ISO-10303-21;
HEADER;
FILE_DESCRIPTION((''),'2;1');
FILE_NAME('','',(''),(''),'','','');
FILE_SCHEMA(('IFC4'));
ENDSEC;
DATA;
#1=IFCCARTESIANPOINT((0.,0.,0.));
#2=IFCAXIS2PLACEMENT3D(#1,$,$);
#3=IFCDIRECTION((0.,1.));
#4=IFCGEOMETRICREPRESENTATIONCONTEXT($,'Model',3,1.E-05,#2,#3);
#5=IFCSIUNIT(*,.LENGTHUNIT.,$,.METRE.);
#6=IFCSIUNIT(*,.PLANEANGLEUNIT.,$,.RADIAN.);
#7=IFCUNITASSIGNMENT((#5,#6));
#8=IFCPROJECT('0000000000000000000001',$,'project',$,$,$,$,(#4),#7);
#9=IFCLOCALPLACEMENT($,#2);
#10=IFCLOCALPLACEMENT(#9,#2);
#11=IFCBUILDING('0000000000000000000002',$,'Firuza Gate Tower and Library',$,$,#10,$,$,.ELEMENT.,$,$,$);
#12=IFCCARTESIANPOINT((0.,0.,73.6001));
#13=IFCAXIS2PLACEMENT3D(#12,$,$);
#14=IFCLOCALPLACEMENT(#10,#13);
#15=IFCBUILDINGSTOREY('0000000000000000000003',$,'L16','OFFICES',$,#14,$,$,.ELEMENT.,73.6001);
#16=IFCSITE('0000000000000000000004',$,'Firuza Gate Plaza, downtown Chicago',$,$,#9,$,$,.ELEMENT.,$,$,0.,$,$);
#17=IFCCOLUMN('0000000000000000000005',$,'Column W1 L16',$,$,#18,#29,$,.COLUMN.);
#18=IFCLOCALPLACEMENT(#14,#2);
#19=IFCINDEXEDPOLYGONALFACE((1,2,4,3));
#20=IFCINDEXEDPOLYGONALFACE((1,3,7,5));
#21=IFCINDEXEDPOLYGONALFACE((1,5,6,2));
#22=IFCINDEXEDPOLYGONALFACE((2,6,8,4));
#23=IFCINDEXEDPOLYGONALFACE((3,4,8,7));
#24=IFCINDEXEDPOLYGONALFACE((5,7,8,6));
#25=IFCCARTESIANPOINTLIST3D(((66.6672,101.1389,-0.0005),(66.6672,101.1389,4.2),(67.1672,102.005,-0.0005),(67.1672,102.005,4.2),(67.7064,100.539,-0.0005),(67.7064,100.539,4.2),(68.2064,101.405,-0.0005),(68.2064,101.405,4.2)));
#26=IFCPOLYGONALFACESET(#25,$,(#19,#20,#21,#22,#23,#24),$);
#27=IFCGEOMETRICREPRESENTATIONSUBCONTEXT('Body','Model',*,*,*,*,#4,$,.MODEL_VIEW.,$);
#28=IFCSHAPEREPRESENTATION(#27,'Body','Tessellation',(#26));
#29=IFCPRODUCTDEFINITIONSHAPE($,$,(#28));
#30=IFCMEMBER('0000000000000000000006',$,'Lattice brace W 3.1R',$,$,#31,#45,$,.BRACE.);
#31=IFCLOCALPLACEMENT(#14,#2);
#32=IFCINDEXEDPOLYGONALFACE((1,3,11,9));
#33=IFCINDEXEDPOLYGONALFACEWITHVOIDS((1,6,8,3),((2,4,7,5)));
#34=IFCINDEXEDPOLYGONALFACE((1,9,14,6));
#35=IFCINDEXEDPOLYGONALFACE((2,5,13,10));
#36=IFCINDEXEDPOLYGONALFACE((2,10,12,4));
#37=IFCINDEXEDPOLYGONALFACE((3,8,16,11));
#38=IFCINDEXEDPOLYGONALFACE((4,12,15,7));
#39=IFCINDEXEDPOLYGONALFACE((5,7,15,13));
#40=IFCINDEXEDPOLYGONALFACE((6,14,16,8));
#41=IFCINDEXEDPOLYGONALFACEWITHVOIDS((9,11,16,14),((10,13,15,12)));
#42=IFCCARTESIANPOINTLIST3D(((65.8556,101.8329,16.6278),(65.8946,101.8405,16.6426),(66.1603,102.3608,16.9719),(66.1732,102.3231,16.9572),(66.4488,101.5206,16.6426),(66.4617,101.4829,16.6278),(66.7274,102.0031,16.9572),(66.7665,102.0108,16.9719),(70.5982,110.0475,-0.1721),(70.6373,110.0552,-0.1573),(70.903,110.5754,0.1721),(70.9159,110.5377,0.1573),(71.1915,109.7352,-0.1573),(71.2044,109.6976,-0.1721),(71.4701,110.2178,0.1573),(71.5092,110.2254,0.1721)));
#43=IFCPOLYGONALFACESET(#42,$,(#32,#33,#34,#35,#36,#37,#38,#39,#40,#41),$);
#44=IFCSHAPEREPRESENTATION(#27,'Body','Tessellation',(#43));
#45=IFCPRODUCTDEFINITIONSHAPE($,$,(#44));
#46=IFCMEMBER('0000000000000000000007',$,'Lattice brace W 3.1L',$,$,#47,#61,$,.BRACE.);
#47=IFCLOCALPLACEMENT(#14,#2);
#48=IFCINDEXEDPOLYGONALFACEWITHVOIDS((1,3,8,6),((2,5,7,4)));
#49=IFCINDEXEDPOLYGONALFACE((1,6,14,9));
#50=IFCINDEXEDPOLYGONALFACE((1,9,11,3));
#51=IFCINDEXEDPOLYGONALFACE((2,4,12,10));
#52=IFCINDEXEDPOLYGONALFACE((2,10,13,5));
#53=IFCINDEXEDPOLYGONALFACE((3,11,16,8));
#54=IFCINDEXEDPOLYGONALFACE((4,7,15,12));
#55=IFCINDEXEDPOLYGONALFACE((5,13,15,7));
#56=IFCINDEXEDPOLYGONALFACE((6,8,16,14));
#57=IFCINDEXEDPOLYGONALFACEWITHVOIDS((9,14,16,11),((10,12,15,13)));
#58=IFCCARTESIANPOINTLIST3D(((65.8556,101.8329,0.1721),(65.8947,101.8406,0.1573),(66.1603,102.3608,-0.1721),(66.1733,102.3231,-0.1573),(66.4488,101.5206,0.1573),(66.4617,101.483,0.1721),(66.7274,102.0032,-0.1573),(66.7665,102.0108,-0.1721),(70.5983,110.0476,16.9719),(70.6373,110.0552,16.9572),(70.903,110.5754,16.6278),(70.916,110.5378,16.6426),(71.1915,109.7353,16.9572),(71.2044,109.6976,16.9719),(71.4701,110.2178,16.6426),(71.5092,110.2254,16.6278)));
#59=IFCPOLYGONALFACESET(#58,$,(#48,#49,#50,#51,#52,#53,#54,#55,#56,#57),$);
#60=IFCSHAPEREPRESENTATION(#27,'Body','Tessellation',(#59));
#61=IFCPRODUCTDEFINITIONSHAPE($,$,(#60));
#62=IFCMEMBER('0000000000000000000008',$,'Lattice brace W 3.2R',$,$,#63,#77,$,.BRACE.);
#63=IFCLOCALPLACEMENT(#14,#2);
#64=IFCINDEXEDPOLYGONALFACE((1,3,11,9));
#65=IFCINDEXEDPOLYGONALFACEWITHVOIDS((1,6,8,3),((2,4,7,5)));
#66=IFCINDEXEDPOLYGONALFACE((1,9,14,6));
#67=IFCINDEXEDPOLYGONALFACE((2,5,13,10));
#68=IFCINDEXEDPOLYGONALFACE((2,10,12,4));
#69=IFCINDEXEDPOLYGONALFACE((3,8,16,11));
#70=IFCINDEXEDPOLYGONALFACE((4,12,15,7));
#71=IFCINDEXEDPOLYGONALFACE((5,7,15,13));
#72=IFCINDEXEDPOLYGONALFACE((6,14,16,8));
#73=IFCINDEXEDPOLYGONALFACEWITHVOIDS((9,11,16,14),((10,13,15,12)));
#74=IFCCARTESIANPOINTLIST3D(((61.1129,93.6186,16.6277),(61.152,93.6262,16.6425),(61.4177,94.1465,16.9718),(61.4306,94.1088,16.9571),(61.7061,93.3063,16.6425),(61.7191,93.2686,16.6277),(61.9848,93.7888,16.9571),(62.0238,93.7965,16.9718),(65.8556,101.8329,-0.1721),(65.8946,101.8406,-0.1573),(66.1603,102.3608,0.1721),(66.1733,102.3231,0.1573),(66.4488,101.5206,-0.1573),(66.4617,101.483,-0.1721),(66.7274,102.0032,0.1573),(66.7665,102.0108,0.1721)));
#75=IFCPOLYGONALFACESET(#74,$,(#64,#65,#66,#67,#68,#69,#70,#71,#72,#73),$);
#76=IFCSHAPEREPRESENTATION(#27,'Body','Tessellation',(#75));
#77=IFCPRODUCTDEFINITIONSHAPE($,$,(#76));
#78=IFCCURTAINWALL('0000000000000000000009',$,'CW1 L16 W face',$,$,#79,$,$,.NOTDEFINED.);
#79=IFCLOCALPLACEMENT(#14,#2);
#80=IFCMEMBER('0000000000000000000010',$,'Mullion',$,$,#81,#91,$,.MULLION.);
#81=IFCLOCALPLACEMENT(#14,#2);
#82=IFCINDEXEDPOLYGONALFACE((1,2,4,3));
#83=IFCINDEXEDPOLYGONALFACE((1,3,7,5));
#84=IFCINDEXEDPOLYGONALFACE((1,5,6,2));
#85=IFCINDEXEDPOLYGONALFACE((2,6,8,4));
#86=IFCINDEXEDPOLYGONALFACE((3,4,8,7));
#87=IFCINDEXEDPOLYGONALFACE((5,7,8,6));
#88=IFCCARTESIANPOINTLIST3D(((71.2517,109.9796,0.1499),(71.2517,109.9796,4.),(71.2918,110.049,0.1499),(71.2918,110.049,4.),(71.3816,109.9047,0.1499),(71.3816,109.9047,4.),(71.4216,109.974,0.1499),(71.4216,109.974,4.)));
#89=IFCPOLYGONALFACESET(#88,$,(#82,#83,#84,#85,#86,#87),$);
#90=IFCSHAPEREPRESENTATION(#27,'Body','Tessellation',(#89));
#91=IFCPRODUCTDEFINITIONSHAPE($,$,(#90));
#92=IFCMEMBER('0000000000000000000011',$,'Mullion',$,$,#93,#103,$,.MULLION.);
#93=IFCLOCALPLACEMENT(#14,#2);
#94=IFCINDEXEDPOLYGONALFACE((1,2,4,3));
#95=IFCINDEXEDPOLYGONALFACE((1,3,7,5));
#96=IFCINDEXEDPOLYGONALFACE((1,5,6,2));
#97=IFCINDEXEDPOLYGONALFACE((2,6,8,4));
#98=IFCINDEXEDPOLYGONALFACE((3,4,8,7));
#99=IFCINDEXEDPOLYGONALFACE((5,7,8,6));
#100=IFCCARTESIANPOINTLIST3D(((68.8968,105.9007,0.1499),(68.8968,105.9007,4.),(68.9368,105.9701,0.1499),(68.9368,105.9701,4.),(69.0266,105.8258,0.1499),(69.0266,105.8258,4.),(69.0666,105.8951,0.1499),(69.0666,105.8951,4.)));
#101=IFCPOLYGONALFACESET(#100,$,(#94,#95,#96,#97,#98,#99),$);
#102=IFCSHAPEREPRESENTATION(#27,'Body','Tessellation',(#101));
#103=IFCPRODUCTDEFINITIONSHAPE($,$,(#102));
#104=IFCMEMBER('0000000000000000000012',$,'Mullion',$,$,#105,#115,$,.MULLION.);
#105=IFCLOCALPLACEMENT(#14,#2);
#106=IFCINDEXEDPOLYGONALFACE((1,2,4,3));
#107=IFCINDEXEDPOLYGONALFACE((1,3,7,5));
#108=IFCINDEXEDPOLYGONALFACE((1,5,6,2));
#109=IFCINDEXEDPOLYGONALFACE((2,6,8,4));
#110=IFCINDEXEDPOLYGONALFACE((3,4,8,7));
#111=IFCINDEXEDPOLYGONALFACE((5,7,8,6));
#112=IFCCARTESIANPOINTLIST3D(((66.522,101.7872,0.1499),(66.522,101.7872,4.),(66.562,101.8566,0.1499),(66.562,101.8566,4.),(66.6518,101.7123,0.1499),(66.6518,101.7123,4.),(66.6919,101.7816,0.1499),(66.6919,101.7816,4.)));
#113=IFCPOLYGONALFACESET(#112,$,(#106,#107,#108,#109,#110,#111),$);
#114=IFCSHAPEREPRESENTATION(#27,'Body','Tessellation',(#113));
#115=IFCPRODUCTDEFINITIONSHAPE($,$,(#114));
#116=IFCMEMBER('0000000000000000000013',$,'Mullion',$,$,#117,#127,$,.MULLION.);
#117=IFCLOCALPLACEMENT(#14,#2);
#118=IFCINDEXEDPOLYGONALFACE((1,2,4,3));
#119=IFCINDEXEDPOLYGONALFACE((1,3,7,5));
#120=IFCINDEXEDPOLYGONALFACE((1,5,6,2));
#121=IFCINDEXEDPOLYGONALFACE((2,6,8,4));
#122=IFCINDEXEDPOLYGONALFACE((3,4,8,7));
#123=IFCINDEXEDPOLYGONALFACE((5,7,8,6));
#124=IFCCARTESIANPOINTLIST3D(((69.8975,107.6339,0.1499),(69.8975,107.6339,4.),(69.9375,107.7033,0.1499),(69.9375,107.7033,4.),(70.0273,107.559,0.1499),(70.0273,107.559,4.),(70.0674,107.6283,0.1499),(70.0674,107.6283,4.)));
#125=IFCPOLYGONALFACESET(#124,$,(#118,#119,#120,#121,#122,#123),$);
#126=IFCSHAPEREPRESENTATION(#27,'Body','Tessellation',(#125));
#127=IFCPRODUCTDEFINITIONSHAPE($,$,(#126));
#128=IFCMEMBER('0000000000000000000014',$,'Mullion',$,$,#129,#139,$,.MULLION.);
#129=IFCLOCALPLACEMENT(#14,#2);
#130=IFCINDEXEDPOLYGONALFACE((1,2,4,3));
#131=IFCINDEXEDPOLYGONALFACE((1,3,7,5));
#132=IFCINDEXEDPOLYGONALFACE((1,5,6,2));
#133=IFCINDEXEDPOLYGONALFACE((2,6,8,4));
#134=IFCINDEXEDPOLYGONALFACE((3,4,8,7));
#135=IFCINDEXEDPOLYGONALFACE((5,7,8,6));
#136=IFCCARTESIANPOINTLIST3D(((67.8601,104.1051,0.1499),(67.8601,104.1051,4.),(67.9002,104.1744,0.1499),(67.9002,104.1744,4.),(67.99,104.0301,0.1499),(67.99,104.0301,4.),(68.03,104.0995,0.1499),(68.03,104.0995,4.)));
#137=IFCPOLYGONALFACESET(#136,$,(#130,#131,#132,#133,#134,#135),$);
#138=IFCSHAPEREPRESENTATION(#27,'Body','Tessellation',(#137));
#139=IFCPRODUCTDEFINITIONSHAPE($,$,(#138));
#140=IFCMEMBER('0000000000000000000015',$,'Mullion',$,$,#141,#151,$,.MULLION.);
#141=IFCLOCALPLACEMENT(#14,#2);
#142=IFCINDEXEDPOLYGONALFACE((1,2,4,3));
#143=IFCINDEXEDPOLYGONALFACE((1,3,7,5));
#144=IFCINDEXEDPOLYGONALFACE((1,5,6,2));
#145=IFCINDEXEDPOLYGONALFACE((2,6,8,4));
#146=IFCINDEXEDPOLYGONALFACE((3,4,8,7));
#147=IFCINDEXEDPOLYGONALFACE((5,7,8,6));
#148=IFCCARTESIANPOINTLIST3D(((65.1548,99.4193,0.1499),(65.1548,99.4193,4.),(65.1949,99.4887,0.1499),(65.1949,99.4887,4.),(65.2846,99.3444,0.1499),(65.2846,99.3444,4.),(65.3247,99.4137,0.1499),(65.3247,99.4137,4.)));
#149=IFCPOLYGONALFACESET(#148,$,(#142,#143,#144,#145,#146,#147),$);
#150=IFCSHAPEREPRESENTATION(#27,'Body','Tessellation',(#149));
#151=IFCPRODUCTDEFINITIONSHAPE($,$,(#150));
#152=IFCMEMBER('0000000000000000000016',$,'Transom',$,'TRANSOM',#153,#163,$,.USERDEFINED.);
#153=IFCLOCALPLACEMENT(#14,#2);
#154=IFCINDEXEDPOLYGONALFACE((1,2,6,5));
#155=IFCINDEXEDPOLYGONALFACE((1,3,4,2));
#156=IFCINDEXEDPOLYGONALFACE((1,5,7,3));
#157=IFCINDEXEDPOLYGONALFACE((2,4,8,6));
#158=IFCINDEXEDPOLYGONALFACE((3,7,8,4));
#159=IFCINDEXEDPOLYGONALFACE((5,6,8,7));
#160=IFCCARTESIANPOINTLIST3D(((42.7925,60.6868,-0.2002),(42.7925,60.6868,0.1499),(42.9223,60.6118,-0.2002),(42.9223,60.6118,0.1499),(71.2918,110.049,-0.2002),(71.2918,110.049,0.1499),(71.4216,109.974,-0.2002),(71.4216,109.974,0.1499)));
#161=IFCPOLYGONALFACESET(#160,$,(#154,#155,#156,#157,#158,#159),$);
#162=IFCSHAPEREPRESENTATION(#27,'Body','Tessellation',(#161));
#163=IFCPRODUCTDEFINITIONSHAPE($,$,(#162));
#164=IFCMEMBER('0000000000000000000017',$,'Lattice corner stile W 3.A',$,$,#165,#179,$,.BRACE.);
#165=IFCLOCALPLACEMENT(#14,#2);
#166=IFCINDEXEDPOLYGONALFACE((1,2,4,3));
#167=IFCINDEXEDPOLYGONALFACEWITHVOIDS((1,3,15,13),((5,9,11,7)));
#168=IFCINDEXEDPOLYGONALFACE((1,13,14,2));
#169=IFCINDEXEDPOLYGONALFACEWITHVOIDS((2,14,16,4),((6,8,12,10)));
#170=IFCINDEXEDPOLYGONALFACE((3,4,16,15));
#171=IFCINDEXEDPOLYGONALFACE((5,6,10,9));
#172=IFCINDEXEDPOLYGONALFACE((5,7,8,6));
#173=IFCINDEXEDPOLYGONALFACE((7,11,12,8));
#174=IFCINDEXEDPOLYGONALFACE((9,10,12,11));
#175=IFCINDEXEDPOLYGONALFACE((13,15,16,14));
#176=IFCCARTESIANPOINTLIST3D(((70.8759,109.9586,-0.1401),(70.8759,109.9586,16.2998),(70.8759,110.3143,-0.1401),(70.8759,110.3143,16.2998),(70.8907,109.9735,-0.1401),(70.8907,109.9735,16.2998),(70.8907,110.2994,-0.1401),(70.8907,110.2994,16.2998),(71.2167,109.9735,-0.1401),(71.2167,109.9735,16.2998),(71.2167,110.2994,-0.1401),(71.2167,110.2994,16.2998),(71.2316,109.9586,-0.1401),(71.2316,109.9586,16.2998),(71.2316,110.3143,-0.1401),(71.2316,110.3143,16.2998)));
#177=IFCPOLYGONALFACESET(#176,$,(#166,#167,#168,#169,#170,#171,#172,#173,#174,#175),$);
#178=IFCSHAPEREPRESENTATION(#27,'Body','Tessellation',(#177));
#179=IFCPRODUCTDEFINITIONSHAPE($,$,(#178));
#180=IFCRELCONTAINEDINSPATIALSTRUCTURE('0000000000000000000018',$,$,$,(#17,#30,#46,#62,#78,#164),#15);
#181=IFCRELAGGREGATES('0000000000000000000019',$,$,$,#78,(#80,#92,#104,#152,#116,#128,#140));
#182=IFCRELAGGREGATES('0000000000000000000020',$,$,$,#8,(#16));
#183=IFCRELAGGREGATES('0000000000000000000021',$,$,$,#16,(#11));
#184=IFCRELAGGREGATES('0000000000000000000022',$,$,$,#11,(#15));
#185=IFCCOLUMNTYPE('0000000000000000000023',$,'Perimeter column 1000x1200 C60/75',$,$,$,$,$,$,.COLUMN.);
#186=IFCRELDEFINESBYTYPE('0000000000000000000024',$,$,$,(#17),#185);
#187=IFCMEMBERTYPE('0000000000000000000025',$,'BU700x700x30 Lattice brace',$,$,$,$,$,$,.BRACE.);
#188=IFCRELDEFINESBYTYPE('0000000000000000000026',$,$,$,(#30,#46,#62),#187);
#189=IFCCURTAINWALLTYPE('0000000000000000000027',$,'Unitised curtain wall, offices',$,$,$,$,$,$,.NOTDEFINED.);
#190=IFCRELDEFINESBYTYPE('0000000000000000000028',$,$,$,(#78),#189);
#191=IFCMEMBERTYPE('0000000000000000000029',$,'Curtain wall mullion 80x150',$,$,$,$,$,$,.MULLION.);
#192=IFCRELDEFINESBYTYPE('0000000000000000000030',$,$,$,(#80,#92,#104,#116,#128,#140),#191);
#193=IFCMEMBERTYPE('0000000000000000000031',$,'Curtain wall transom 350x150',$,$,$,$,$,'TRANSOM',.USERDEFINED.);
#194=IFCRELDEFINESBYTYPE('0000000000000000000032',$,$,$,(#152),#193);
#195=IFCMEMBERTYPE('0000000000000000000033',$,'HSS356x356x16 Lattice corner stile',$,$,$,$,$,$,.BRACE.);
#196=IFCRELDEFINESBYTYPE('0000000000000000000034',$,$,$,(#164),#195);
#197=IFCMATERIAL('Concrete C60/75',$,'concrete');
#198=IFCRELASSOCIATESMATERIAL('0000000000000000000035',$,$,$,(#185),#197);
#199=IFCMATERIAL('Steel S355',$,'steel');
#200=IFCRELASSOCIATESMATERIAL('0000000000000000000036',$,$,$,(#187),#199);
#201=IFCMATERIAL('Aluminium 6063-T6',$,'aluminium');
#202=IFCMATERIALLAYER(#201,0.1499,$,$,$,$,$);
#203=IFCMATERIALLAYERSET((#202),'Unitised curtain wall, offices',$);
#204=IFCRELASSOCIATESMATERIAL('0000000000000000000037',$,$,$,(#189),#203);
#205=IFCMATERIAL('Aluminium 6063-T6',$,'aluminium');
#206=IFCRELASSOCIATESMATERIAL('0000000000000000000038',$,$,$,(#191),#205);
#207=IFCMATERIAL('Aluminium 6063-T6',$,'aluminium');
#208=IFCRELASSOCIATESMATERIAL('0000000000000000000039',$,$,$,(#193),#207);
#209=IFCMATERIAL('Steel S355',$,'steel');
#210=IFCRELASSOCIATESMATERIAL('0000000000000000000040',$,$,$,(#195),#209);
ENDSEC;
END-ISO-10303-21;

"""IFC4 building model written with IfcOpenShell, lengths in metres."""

from ifc_helpers import new_model, si_unit, direction, frame, origin, origin_2d, place, context, subcontext, project, spatial, rectangle, hollow_rectangle, extrude, material, layer, layer_set, material_profile, profile_set, type_object, element, aggregate, save


model = new_model("IFC4")

# Units and contexts
model_context = context("Model", 3, precision=1e-05, world=origin(), true_north=direction((0.0, 1.0)))
body_context = subcontext(model_context, "Body", "Model", "MODEL_VIEW")
ifc_project = project(units=[si_unit("LENGTHUNIT", "METRE"), si_unit("PLANEANGLEUNIT", "RADIAN")], contexts=[model_context])

# Site, building, storey
site_placement = place(None, origin())
site = spatial("IfcSite", under=ifc_project, at=site_placement, Name="Firuza Gate Plaza, downtown Chicago", CompositionType="ELEMENT", RefElevation=0.0)
building_placement = place(site_placement, origin())
building = spatial("IfcBuilding", under=site, at=building_placement, Name="Firuza Gate Tower and Library", CompositionType="ELEMENT")
storey_placement = place(building_placement, frame((0.0, 0.0, 73.6001)))
storey = spatial("IfcBuildingStorey", under=building, at=storey_placement, Name="L16", Description="OFFICES", CompositionType="ELEMENT", Elevation=73.6001)

# Column
ifc_material_1 = material(Name="Concrete C60/75", Category="concrete")
ifc_material_profile_1 = material_profile(ifc_material_1, rectangle(XDim=1.0, YDim=1.2, at=origin_2d()))
ifc_profile_set_1 = profile_set([ifc_material_profile_1], Name="Concrete C60/75")
column_type = type_object("IfcColumnType", Name="Perimeter column 1000x1200 C60/75", PredefinedType="COLUMN", material=ifc_profile_set_1)
column_placement = place(storey_placement, frame((67.4368, 101.272, -0.0005), z_axis=(0.0, 0.0, 1.0), x_axis=(-0.5, -0.866025, 0.0)))
element("IfcColumn", 1, at=column_placement, inside=storey, type_object=column_type, Name="Column W1 L16", PredefinedType="COLUMN", context=body_context, shape_type="SweptSolid", body=[
    extrude(rectangle(XDim=1.0, YDim=1.2, at=origin_2d()), origin(), (0.0, 0.0, 1.0), 4.2004),
])

# Members
ifc_material_2 = material(Name="Steel S355", Category="steel")
ifc_material_profile_2 = material_profile(ifc_material_2, hollow_rectangle(XDim=0.7, YDim=0.7, WallThickness=0.03, at=origin_2d()))
ifc_profile_set_2 = profile_set([ifc_material_profile_2], Name="Steel S355")
member_type_1 = type_object("IfcMemberType", Name="BU700x700x30 Lattice brace", PredefinedType="BRACE", material=ifc_profile_set_2)
for number, where, z_axis, x_axis, name in (
    (2, (71.0537, 110.1365, 0.0), (-0.245828, -0.425789, 0.870788), (0.866027, -0.499998, 0.0), "Lattice brace W 3.1R"),
    (3, (66.311, 101.9219, 0.0), (0.245828, 0.425789, 0.870788), (-0.866027, 0.499998, 0.0), "Lattice brace W 3.1L"),
):
    element("IfcMember", number, at=place(storey_placement, frame(where, z_axis=z_axis, x_axis=x_axis)), inside=storey, type_object=member_type_1, Name=name, PredefinedType="BRACE", context=body_context, shape_type="SweptSolid", body=[
        extrude(hollow_rectangle(XDim=0.7, YDim=0.7, WallThickness=0.03, at=origin_2d()), origin(), (0.0, 0.0, 1.0), 19.2927),
    ])
member_1_placement = place(storey_placement, frame((66.311, 101.9219, 0.0), z_axis=(-0.24583, -0.425779, 0.870793), x_axis=(0.86602, -0.500009, 0.0)))
element("IfcMember", 4, at=member_1_placement, inside=storey, type_object=member_type_1, Name="Lattice brace W 3.2R", PredefinedType="BRACE", context=body_context, shape_type="SweptSolid", body=[
    extrude(hollow_rectangle(XDim=0.7, YDim=0.7, WallThickness=0.03, at=origin_2d()), origin(), (0.0, 0.0, 1.0), 19.2925),
])

# Curtain wall, members
ifc_material_3 = material(Name="Aluminium 6063-T6", Category="aluminium")
ifc_layer_1 = layer(ifc_material_3, 0.1499)
ifc_layer_set_1 = layer_set([ifc_layer_1], Name="Unitised curtain wall, offices")
curtain_wall_type = type_object("IfcCurtainWallType", Name="Unitised curtain wall, offices", PredefinedType="NOTDEFINED", material=ifc_layer_set_1)
curtain_wall_placement = place(storey_placement, origin())
curtain_wall = element("IfcCurtainWall", 5, at=curtain_wall_placement, inside=storey, type_object=curtain_wall_type, Name="CW1 L16 W face", PredefinedType="NOTDEFINED")
ifc_material_4 = material(Name="Aluminium 6063-T6", Category="aluminium")
ifc_material_profile_3 = material_profile(ifc_material_4, rectangle(XDim=0.1499, YDim=0.0801, at=origin_2d()))
ifc_profile_set_3 = profile_set([ifc_material_profile_3], Name="Aluminium 6063-T6")
member_type_2 = type_object("IfcMemberType", Name="Curtain wall mullion 80x150", PredefinedType="MULLION", material=ifc_profile_set_3)
member_2_placement = place(storey_placement, frame((71.3367, 109.9768, 0.1499), z_axis=(0.0, 0.0, 1.0), x_axis=(0.866025, -0.5, 0.0)))
member_2 = element("IfcMember", 6, at=member_2_placement, type_object=member_type_2, Name="Mullion", PredefinedType="MULLION", context=body_context, shape_type="SweptSolid", body=[
    extrude(rectangle(XDim=0.1499, YDim=0.0801, at=origin_2d()), origin(), (0.0, 0.0, 1.0), 3.8501),
])
member_3_placement = place(storey_placement, frame((68.9817, 105.8979, 0.1499), z_axis=(0.0, 0.0, 1.0), x_axis=(0.866025, -0.5, 0.0)))
member_3 = element("IfcMember", 7, at=member_3_placement, type_object=member_type_2, Name="Mullion", PredefinedType="MULLION", context=body_context, shape_type="SweptSolid", body=[
    extrude(rectangle(XDim=0.1499, YDim=0.0801, at=origin_2d()), origin(), (0.0, 0.0, 1.0), 3.8501),
])
member_4_placement = place(storey_placement, frame((66.6069, 101.7844, 0.1499), z_axis=(0.0, 0.0, 1.0), x_axis=(0.866025, -0.5, 0.0)))
member_4 = element("IfcMember", 8, at=member_4_placement, type_object=member_type_2, Name="Mullion", PredefinedType="MULLION", context=body_context, shape_type="SweptSolid", body=[
    extrude(rectangle(XDim=0.1499, YDim=0.0801, at=origin_2d()), origin(), (0.0, 0.0, 1.0), 3.8501),
])
member_5_placement = place(storey_placement, frame((69.9824, 107.6311, 0.1499), z_axis=(0.0, 0.0, 1.0), x_axis=(0.866025, -0.5, 0.0)))
member_5 = element("IfcMember", 9, at=member_5_placement, type_object=member_type_2, Name="Mullion", PredefinedType="MULLION", context=body_context, shape_type="SweptSolid", body=[
    extrude(rectangle(XDim=0.1499, YDim=0.0801, at=origin_2d()), origin(), (0.0, 0.0, 1.0), 3.8501),
])
member_6_placement = place(storey_placement, frame((67.9451, 104.1023, 0.1499), z_axis=(0.0, 0.0, 1.0), x_axis=(0.866025, -0.5, 0.0)))
member_6 = element("IfcMember", 10, at=member_6_placement, type_object=member_type_2, Name="Mullion", PredefinedType="MULLION", context=body_context, shape_type="SweptSolid", body=[
    extrude(rectangle(XDim=0.1499, YDim=0.0801, at=origin_2d()), origin(), (0.0, 0.0, 1.0), 3.8501),
])
member_7_placement = place(storey_placement, frame((65.2397, 99.4165, 0.1499), z_axis=(0.0, 0.0, 1.0), x_axis=(0.866025, -0.5, 0.0)))
member_7 = element("IfcMember", 11, at=member_7_placement, type_object=member_type_2, Name="Mullion", PredefinedType="MULLION", context=body_context, shape_type="SweptSolid", body=[
    extrude(rectangle(XDim=0.1499, YDim=0.0801, at=origin_2d()), origin(), (0.0, 0.0, 1.0), 3.8501),
])
ifc_material_5 = material(Name="Aluminium 6063-T6", Category="aluminium")
ifc_material_profile_4 = material_profile(ifc_material_5, rectangle(XDim=0.1499, YDim=0.3501, at=origin_2d()))
ifc_profile_set_4 = profile_set([ifc_material_profile_4], Name="Aluminium 6063-T6")
member_type_3 = type_object("IfcMemberType", Name="Curtain wall transom 350x150", ElementType="TRANSOM", PredefinedType="USERDEFINED", material=ifc_profile_set_4)
member_8_placement = place(storey_placement, frame((71.3567, 110.0115, -0.0251), z_axis=(-0.500001, -0.866025, 0.0), x_axis=(0.866025, -0.500001, 0.0)))
member_8 = element("IfcMember", 12, at=member_8_placement, type_object=member_type_3, Name="Transom", ObjectType="TRANSOM", PredefinedType="USERDEFINED", context=body_context, shape_type="SweptSolid", body=[
    extrude(rectangle(XDim=0.1499, YDim=0.3501, at=origin_2d()), origin(), (0.0, 0.0, 1.0), 56.9985),
])

# Member
ifc_material_6 = material(Name="Steel S355", Category="steel")
ifc_material_profile_5 = material_profile(ifc_material_6, hollow_rectangle(XDim=0.3557, YDim=0.3557, WallThickness=0.0149, at=origin_2d()))
ifc_profile_set_5 = profile_set([ifc_material_profile_5], Name="Steel S355")
member_type_4 = type_object("IfcMemberType", Name="HSS356x356x16 Lattice corner stile", PredefinedType="BRACE", material=ifc_profile_set_5)
member_9_placement = place(storey_placement, frame((71.0537, 110.1365, -0.1401), z_axis=(0.0, 0.0, 1.0), x_axis=(1.0, 0.0, 0.0)))
element("IfcMember", 13, at=member_9_placement, inside=storey, type_object=member_type_4, Name="Lattice corner stile W 3.A", PredefinedType="BRACE", context=body_context, shape_type="SweptSolid", body=[
    extrude(hollow_rectangle(XDim=0.3557, YDim=0.3557, WallThickness=0.0149, at=origin_2d()), origin(), (0.0, 0.0, 1.0), 16.4399),
])

aggregate(curtain_wall, [member_2, member_3, member_4, member_8, member_5, member_6, member_7])

save(model, "model.ifc")
